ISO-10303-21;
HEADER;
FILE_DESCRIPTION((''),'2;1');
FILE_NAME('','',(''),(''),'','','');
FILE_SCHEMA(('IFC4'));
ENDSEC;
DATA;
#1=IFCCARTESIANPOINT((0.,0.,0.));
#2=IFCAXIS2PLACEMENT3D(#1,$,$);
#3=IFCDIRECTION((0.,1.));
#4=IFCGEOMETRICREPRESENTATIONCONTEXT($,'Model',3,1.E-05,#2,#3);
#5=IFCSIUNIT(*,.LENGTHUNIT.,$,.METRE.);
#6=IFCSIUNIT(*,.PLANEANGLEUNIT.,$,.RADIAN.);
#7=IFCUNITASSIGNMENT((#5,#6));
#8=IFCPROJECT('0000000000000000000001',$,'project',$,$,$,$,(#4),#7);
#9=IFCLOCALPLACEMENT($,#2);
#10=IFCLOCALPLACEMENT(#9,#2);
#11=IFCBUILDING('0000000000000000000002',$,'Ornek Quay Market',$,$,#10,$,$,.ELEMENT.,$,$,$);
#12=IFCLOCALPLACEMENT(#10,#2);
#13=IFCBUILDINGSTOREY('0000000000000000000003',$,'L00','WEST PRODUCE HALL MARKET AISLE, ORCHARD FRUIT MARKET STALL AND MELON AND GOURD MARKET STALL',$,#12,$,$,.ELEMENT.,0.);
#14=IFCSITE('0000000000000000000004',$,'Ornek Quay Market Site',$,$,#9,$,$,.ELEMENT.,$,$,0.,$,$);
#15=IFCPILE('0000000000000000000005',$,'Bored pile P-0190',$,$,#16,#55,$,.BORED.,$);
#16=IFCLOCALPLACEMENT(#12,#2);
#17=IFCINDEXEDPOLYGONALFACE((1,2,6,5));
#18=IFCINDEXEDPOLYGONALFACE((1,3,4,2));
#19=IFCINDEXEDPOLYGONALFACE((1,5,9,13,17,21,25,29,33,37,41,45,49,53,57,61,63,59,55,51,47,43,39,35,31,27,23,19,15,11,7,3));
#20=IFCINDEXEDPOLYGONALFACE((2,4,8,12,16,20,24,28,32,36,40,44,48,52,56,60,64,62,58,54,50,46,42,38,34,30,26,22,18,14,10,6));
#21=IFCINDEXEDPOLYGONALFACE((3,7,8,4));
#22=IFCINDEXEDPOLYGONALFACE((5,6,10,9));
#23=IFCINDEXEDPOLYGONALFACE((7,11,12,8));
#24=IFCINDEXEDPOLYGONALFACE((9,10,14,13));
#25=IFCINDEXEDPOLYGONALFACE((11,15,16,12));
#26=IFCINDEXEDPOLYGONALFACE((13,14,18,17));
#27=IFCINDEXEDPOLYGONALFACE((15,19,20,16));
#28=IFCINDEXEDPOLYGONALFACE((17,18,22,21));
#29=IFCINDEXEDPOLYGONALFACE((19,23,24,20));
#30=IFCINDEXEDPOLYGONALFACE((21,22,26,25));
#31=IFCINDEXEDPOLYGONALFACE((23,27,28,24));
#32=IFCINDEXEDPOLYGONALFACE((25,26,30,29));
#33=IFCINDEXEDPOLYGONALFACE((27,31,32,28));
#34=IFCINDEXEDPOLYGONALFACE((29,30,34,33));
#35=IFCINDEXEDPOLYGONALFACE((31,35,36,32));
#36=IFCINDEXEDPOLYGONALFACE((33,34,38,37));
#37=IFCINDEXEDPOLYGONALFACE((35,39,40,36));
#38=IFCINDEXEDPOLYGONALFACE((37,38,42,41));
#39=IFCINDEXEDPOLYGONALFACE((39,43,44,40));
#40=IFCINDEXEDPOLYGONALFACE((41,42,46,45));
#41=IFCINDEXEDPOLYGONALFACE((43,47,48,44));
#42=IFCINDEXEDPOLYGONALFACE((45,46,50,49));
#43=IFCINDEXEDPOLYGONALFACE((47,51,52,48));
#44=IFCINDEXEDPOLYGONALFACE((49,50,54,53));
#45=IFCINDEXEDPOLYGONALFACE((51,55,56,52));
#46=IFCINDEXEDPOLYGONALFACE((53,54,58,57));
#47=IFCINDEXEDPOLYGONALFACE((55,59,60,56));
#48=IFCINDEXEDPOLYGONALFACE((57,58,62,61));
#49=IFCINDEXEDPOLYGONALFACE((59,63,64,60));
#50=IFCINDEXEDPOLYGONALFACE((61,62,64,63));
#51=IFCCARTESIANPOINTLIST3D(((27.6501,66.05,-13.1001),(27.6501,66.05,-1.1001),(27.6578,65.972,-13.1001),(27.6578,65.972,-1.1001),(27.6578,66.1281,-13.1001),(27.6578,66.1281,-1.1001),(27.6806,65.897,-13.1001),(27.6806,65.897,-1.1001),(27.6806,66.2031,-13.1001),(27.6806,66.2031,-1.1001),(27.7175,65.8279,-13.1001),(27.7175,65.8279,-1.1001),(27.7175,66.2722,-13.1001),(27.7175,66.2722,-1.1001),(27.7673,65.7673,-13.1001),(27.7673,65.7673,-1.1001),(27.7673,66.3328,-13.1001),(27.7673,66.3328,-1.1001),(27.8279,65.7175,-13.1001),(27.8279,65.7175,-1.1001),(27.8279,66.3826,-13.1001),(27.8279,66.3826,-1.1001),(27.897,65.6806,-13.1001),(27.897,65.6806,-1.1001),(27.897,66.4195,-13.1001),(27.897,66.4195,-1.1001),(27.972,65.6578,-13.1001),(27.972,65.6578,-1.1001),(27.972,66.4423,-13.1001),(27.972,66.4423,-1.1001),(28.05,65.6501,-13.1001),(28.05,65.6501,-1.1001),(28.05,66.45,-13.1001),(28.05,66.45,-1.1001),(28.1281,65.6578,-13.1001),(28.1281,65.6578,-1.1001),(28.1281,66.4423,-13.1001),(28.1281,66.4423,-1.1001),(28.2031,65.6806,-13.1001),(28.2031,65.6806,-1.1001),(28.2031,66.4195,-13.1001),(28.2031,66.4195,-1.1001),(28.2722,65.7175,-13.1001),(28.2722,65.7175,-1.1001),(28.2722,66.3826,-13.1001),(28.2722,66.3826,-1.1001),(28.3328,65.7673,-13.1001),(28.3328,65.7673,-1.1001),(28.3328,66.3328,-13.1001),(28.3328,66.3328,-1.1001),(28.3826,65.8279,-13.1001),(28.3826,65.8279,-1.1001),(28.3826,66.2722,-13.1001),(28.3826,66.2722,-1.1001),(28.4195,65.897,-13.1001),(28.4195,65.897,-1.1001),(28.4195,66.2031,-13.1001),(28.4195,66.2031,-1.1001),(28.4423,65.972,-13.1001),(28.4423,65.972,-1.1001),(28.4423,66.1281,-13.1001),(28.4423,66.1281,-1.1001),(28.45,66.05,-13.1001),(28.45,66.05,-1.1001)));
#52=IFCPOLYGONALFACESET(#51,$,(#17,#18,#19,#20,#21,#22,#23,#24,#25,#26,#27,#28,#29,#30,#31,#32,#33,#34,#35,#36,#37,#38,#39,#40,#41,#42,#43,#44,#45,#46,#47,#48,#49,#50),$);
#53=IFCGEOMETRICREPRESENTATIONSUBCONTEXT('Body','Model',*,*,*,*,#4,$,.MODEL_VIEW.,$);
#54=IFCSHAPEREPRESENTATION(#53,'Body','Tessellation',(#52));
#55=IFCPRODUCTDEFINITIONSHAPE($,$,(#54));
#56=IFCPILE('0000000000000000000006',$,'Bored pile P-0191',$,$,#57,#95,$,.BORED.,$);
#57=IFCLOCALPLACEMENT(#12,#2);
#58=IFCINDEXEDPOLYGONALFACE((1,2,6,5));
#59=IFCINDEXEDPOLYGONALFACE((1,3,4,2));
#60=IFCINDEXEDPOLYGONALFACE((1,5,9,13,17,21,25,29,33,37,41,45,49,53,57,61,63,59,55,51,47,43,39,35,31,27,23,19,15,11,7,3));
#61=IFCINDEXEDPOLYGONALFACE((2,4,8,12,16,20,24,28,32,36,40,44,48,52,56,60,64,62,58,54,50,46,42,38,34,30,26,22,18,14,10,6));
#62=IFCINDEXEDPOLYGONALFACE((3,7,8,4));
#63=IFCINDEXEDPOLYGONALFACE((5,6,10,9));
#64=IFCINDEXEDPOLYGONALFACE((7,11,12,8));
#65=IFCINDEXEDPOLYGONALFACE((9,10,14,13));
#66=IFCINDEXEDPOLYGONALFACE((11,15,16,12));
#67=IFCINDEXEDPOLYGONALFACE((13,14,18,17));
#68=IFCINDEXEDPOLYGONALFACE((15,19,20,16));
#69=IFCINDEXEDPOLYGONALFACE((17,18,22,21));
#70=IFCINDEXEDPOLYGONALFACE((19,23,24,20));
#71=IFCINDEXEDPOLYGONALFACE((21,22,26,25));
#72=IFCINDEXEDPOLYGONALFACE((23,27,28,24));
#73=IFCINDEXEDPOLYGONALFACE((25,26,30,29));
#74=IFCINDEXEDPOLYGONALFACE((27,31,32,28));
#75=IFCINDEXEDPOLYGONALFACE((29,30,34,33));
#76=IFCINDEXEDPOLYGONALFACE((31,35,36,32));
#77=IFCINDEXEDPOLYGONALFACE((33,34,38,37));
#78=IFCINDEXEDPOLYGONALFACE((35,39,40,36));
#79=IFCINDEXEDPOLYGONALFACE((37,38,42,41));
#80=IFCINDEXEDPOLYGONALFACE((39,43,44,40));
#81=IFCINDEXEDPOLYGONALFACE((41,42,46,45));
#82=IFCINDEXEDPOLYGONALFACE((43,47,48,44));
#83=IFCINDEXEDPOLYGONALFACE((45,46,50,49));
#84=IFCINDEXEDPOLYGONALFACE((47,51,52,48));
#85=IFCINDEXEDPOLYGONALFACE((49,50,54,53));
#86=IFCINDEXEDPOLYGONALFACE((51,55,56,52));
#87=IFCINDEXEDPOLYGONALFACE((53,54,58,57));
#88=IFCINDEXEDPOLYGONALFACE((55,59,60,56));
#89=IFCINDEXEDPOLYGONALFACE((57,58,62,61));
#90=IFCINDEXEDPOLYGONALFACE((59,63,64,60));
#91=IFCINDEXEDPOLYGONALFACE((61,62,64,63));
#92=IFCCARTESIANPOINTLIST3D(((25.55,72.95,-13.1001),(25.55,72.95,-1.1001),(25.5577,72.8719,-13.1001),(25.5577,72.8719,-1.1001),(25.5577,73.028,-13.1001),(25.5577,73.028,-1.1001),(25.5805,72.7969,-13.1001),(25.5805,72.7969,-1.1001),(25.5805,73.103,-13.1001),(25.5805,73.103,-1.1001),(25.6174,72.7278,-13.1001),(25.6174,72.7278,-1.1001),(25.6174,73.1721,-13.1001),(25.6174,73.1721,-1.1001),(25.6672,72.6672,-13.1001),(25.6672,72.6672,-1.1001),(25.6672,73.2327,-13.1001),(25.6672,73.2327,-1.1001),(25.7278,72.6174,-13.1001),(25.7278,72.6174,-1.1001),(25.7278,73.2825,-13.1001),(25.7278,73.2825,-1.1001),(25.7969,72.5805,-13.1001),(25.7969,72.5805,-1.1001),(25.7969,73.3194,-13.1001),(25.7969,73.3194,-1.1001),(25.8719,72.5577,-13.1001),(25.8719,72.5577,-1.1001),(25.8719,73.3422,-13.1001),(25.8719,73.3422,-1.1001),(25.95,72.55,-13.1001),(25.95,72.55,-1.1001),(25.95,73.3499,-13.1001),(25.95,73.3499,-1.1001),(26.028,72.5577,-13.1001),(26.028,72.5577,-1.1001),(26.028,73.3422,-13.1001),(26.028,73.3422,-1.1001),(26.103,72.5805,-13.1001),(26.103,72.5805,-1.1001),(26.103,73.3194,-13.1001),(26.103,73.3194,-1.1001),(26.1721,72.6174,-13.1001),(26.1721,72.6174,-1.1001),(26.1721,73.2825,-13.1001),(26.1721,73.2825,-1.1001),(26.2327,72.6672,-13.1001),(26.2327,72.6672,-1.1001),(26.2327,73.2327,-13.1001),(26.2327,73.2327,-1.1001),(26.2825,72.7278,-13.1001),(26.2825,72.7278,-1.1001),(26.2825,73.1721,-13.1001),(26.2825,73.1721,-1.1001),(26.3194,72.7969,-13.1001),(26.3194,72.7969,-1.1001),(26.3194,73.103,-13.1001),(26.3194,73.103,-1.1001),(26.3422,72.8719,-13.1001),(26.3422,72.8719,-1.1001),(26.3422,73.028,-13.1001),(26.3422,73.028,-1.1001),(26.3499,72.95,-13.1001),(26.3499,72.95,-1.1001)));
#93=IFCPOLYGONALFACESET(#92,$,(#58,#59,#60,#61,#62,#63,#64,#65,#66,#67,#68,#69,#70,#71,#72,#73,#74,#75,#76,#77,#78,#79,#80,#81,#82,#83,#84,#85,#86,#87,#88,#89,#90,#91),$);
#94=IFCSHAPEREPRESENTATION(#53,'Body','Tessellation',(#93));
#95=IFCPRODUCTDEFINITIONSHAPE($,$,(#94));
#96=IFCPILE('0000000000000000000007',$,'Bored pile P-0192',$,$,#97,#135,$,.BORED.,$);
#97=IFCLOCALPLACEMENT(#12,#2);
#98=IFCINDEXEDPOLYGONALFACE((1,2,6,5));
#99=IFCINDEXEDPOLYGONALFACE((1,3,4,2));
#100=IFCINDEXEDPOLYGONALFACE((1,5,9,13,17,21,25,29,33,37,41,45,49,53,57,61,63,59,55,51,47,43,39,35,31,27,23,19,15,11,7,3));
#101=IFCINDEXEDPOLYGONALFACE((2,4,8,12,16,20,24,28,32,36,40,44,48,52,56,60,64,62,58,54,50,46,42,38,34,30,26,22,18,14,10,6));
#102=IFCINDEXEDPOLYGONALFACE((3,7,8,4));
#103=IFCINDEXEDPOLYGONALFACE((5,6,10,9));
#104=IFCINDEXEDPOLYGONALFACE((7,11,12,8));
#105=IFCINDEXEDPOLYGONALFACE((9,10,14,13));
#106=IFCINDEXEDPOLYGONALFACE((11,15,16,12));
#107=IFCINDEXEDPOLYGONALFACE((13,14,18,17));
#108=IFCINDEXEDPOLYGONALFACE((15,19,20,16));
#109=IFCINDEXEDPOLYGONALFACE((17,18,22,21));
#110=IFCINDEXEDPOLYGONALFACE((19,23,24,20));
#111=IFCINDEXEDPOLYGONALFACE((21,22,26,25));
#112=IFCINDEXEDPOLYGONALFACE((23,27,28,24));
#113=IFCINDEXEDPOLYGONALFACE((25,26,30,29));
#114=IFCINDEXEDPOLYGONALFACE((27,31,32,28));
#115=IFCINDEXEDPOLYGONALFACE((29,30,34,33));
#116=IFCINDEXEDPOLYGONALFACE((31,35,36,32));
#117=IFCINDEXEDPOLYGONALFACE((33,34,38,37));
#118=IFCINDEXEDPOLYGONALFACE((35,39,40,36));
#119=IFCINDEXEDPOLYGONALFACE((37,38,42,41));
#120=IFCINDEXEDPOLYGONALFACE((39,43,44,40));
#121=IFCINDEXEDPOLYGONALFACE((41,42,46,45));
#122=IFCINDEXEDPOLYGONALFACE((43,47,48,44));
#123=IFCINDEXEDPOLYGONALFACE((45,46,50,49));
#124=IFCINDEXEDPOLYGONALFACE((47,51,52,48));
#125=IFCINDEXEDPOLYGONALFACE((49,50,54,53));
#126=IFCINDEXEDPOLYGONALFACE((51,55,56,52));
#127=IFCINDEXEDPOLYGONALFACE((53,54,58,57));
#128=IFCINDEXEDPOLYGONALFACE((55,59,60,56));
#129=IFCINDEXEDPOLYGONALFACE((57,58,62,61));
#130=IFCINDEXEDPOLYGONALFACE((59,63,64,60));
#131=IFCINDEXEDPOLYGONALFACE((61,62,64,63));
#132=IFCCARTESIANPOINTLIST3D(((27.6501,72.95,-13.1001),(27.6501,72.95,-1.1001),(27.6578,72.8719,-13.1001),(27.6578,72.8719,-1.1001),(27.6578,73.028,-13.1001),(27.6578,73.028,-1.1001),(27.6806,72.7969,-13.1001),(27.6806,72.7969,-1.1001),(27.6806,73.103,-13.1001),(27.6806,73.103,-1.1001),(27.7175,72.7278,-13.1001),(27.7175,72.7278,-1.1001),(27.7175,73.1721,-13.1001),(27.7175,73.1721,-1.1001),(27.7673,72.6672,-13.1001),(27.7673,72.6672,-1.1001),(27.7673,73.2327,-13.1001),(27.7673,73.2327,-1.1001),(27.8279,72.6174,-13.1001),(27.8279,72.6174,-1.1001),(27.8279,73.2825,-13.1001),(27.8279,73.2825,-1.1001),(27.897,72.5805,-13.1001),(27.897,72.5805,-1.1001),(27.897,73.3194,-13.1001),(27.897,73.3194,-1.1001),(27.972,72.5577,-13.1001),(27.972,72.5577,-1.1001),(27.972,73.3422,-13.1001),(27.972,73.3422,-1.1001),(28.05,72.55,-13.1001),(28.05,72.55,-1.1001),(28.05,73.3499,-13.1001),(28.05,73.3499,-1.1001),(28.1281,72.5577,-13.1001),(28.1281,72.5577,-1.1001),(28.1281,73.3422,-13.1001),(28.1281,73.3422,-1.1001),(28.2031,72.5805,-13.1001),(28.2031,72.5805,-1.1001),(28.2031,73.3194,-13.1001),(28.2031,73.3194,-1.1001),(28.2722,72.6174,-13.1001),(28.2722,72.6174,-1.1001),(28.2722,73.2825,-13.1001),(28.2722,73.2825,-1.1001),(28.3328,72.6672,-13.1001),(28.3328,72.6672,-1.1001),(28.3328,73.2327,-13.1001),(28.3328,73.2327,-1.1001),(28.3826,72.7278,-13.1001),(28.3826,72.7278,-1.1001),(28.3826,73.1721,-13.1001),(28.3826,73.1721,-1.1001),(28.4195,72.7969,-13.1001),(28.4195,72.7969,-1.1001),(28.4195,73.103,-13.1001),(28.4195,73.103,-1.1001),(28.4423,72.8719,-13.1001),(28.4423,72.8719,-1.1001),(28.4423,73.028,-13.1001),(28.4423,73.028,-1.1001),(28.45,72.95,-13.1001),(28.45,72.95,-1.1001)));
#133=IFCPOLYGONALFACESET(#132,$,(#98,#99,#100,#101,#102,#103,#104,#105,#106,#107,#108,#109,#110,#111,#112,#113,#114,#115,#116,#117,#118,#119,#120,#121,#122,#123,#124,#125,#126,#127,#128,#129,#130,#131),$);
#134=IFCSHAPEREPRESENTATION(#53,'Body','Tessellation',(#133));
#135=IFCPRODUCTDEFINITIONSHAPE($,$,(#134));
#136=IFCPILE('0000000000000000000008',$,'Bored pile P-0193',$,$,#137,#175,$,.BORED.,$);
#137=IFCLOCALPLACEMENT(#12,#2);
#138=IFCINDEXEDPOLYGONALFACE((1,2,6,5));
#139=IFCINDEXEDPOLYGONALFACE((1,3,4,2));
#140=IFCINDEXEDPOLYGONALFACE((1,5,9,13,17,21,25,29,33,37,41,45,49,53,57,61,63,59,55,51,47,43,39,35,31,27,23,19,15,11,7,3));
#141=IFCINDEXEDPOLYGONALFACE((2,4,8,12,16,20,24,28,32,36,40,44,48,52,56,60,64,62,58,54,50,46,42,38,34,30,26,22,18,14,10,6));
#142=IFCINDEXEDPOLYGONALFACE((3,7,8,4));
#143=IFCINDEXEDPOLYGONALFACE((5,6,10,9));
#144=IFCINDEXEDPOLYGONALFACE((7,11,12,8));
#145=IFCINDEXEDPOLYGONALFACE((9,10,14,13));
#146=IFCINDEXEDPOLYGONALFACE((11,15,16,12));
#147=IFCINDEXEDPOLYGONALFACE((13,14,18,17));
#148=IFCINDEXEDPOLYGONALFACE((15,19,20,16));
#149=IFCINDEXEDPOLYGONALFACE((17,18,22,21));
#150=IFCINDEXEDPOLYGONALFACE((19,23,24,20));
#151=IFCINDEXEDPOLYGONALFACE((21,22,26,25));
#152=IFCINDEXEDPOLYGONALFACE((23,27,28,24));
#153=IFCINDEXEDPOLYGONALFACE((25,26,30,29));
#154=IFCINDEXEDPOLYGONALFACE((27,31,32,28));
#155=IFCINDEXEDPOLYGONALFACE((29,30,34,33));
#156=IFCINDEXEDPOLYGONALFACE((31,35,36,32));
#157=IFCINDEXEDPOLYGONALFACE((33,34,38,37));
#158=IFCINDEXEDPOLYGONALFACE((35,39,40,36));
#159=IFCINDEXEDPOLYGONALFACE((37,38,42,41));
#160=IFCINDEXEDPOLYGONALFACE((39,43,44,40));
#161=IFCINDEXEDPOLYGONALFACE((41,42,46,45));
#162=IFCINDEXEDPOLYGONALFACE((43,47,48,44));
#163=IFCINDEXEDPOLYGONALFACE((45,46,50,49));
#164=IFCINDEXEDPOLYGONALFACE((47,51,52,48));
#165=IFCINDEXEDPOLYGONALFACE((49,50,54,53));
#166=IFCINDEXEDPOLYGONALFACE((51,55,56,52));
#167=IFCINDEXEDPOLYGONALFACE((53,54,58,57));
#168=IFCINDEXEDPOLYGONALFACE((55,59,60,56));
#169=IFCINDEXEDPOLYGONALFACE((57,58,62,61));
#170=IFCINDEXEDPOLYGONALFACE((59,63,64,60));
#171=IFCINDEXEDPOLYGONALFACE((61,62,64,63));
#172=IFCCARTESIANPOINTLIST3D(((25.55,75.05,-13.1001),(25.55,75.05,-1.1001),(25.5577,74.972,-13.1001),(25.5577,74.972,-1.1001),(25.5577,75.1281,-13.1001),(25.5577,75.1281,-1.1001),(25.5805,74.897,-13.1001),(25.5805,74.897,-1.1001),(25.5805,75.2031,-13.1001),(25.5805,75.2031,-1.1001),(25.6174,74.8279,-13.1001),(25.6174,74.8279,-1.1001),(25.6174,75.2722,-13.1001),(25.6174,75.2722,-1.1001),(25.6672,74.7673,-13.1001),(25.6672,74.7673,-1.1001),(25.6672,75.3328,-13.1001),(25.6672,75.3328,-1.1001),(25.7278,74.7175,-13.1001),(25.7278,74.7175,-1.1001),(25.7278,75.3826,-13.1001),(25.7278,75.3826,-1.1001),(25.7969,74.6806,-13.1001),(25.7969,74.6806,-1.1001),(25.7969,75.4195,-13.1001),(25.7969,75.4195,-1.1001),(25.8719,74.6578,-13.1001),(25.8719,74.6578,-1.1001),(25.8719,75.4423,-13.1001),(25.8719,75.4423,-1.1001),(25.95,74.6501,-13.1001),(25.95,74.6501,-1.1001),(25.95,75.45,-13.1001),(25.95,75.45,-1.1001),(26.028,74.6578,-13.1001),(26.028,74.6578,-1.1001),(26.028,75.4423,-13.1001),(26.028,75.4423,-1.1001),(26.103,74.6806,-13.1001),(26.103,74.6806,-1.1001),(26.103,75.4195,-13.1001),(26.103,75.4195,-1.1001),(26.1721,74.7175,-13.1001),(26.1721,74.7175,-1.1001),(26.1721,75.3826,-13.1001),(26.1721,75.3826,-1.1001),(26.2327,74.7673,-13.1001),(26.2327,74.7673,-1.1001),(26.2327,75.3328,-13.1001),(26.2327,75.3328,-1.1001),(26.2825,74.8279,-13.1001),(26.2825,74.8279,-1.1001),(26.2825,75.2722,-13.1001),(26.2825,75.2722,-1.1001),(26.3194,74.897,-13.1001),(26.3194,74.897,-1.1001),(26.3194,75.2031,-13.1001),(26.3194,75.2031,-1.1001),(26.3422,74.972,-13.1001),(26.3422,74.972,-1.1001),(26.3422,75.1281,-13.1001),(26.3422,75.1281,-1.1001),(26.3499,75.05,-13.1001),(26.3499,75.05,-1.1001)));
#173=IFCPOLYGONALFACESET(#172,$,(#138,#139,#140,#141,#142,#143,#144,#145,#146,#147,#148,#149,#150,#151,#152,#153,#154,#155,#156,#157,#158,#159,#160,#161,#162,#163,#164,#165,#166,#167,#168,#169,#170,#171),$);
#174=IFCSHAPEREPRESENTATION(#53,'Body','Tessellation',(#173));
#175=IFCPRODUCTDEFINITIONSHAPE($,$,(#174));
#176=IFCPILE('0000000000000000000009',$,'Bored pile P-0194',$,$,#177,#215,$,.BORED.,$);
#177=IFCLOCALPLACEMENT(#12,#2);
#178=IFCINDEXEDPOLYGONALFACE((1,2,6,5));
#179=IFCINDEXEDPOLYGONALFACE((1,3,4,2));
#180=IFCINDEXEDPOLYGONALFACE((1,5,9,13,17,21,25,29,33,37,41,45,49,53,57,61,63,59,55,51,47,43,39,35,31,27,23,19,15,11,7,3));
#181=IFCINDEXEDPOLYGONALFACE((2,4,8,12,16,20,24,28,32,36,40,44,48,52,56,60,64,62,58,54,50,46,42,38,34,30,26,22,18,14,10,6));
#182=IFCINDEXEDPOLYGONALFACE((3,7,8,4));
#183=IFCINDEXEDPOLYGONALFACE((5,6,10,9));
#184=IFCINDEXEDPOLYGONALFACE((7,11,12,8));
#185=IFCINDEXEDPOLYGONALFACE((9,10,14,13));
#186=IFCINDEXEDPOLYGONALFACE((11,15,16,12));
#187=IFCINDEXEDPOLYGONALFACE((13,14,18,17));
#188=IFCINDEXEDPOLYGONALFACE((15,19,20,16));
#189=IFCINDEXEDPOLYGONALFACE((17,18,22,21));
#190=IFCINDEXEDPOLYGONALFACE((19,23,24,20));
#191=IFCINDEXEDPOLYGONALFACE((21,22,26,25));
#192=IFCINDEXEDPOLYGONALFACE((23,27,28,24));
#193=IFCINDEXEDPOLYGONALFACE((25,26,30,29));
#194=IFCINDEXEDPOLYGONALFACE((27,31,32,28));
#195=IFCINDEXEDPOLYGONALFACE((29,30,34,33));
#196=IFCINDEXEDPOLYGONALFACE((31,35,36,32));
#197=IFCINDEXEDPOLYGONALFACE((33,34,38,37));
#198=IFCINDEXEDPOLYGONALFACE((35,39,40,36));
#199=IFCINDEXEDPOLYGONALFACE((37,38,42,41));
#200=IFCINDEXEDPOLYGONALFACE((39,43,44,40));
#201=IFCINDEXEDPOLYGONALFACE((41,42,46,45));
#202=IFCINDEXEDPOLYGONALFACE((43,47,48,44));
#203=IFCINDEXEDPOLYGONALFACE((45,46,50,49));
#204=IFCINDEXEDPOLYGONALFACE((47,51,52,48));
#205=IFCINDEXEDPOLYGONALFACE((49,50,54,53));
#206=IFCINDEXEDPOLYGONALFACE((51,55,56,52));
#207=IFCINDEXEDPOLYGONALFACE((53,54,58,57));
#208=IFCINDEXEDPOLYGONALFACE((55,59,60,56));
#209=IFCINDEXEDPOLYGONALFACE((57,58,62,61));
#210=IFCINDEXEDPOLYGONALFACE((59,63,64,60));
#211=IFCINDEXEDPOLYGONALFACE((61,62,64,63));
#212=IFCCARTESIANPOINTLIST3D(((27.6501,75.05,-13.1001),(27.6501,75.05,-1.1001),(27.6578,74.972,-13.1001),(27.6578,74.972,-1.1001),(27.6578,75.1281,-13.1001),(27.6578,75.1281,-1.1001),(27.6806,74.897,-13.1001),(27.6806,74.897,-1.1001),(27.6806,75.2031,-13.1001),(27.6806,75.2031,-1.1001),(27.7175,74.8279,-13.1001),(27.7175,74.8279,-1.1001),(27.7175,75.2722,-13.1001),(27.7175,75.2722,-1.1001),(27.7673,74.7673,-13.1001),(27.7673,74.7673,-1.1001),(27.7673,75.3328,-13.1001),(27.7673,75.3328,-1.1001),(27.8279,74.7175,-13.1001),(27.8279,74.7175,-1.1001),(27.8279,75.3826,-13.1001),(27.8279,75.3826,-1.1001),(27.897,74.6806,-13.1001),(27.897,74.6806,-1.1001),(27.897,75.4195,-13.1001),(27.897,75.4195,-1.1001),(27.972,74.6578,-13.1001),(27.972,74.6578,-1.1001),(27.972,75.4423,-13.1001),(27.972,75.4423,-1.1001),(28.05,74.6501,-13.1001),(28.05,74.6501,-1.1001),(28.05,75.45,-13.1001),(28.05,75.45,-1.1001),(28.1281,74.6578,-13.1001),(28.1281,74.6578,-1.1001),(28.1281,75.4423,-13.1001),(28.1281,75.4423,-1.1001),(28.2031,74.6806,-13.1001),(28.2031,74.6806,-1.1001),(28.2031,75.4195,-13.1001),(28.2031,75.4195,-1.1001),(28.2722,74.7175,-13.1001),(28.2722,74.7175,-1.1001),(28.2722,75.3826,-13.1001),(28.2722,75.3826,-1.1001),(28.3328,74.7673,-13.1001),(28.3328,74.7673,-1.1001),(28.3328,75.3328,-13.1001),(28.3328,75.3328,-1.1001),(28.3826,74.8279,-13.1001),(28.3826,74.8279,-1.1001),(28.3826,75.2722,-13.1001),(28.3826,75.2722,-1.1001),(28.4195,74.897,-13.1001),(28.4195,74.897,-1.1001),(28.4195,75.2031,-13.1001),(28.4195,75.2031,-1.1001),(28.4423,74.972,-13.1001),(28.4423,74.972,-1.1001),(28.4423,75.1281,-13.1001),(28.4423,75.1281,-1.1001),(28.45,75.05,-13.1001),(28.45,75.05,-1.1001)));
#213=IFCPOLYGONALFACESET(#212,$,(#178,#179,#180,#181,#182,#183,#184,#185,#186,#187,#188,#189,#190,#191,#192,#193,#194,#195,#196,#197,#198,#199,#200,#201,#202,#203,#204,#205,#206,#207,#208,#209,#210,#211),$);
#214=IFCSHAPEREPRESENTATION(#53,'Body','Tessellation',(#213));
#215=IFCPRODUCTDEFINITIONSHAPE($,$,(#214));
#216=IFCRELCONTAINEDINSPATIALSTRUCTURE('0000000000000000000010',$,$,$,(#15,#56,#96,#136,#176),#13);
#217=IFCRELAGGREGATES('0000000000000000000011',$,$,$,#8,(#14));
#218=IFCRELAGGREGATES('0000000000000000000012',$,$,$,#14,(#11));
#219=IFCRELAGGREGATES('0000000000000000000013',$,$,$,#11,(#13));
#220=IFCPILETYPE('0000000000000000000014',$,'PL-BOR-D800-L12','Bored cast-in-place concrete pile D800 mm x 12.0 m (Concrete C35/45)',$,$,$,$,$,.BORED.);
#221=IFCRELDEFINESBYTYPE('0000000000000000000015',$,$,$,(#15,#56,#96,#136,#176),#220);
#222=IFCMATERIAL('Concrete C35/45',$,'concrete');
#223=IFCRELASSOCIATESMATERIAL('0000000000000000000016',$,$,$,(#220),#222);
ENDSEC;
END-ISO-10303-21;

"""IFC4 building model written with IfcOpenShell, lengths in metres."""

from ifc_helpers import new_model, si_unit, direction, frame, origin, origin_2d, place, context, subcontext, project, spatial, circle, extrude, material, material_profile, profile_set, type_object, element, save


model = new_model("IFC4")

# Units and contexts
model_context = context("Model", 3, precision=1e-05, world=origin(), true_north=direction((0.0, 1.0)))
body_context = subcontext(model_context, "Body", "Model", "MODEL_VIEW")
ifc_project = project(units=[si_unit("LENGTHUNIT", "METRE"), si_unit("PLANEANGLEUNIT", "RADIAN")], contexts=[model_context])

# Site, building, storey
site_placement = place(None, origin())
site = spatial("IfcSite", under=ifc_project, at=site_placement, Name="Ornek Quay Market Site", CompositionType="ELEMENT", RefElevation=0.0)
building_placement = place(site_placement, origin())
building = spatial("IfcBuilding", under=site, at=building_placement, Name="Ornek Quay Market", CompositionType="ELEMENT")
storey_placement = place(building_placement, origin())
storey = spatial("IfcBuildingStorey", under=building, at=storey_placement, Name="L00", Description="WEST PRODUCE HALL MARKET AISLE, ORCHARD FRUIT MARKET STALL AND MELON AND GOURD MARKET STALL", CompositionType="ELEMENT", Elevation=0.0)

# Piles
ifc_material_1 = material(Name="Concrete C35/45", Category="concrete")
ifc_material_profile_1 = material_profile(ifc_material_1, circle(Radius=0.3999, at=origin_2d()), Name="PILE D800", Category="concrete")
ifc_profile_set_1 = profile_set([ifc_material_profile_1], Name="Concrete C35/45")
pile_type_1 = type_object("IfcPileType", Name="PL-BOR-D800-L12", Description="Bored cast-in-place concrete pile D800 mm x 12.0 m (Concrete C35/45)", PredefinedType="BORED", material=ifc_profile_set_1)
for number, where, z_axis, x_axis, name in (
    (1, (28.05, 66.05, -1.1001), (0.0, 0.0, -1.0), (1.0, 0.0, 0.0), "Bored pile P-0190"),
    (2, (25.95, 72.95, -1.1001), (0.0, 0.0, -1.0), (1.0, 0.0, 0.0), "Bored pile P-0191"),
    (3, (28.05, 72.95, -1.1001), (0.0, 0.0, -1.0), (1.0, 0.0, 0.0), "Bored pile P-0192"),
    (4, (25.95, 75.05, -1.1001), (0.0, 0.0, -1.0), (1.0, 0.0, 0.0), "Bored pile P-0193"),
    (5, (28.05, 75.05, -1.1001), (0.0, 0.0, -1.0), (1.0, 0.0, 0.0), "Bored pile P-0194"),
):
    element("IfcPile", number, at=place(storey_placement, frame(where, z_axis=z_axis, x_axis=x_axis)), inside=storey, type_object=pile_type_1, Name=name, PredefinedType="BORED", context=body_context, shape_type="SweptSolid", body=[
        extrude(circle(Radius=0.3999, at=origin_2d()), origin(), (0.0, 0.0, 1.0), 12.0),
    ])

save(model, "model.ifc")
